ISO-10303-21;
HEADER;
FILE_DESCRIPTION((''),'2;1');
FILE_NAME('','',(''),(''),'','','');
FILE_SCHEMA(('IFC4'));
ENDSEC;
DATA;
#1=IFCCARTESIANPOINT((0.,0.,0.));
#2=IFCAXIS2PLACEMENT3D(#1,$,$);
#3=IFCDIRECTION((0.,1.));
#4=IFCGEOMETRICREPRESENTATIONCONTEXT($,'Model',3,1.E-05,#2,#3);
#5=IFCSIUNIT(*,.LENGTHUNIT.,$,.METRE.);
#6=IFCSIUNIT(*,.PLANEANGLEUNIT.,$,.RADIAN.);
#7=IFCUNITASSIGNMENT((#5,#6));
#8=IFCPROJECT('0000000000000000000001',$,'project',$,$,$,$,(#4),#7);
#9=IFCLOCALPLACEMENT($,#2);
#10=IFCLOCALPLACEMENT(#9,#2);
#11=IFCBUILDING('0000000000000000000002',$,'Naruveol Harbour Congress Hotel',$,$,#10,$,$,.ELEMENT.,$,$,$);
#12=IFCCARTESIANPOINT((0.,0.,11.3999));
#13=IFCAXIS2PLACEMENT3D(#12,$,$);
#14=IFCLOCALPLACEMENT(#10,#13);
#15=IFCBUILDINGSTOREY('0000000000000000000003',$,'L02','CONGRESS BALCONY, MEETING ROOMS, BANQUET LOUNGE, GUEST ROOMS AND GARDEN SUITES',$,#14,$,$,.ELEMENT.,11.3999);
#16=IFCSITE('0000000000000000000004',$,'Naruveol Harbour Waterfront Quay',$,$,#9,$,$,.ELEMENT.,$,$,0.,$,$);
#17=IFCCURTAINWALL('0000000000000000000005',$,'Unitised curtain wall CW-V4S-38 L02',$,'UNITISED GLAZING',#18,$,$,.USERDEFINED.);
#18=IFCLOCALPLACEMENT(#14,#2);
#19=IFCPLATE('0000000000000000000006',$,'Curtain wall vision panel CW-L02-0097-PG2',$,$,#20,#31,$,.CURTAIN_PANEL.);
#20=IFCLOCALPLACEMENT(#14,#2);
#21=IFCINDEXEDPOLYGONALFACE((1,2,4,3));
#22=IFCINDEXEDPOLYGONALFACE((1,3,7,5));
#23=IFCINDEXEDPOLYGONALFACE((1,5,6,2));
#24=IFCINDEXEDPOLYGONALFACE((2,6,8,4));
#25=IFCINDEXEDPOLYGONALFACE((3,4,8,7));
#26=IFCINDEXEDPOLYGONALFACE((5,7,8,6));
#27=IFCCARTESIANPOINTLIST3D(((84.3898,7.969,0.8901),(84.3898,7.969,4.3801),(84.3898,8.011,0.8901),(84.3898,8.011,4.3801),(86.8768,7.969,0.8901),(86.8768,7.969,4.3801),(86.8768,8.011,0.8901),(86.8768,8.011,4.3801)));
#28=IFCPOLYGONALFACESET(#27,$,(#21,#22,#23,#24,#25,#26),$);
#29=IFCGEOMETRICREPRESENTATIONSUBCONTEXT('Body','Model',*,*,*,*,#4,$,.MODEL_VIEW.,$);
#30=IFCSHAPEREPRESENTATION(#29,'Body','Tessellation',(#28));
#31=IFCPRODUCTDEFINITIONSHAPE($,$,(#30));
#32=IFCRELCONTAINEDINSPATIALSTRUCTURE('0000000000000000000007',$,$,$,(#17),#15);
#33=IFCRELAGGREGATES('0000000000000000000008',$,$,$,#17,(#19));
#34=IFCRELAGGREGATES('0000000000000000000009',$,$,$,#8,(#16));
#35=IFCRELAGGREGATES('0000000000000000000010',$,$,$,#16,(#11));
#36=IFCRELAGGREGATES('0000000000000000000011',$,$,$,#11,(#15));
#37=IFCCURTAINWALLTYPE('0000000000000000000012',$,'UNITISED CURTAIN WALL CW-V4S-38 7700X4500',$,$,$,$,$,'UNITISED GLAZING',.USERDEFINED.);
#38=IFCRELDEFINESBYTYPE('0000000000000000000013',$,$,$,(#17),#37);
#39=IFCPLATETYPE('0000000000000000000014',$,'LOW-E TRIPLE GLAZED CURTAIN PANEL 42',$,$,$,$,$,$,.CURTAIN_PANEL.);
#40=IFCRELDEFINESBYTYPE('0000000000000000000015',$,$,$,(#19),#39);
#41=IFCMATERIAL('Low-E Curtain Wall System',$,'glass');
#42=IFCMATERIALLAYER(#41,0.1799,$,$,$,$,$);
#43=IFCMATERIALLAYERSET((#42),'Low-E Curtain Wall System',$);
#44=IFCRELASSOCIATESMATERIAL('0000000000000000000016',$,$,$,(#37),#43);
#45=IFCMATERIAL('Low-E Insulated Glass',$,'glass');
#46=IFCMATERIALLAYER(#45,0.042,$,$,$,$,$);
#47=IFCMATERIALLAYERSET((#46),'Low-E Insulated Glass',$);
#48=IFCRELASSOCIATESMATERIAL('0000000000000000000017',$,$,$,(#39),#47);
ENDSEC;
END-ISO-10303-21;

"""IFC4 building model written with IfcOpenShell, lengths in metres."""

from ifc_helpers import new_model, si_unit, direction, frame, origin, origin_2d, place, context, subcontext, project, spatial, rectangle, extrude, material, layer, layer_set, type_object, element, aggregate, save


model = new_model("IFC4")

# Units and contexts
model_context = context("Model", 3, precision=1e-05, world=origin(), true_north=direction((0.0, 1.0)))
body_context = subcontext(model_context, "Body", "Model", "MODEL_VIEW")
ifc_project = project(units=[si_unit("LENGTHUNIT", "METRE"), si_unit("PLANEANGLEUNIT", "RADIAN")], contexts=[model_context])

# Site, building, storey
site_placement = place(None, origin())
site = spatial("IfcSite", under=ifc_project, at=site_placement, Name="Naruveol Harbour Waterfront Quay", CompositionType="ELEMENT", RefElevation=0.0)
building_placement = place(site_placement, origin())
building = spatial("IfcBuilding", under=site, at=building_placement, Name="Naruveol Harbour Congress Hotel", CompositionType="ELEMENT")
storey_placement = place(building_placement, frame((0.0, 0.0, 11.3999)))
storey = spatial("IfcBuildingStorey", under=building, at=storey_placement, Name="L02", Description="CONGRESS BALCONY, MEETING ROOMS, BANQUET LOUNGE, GUEST ROOMS AND GARDEN SUITES", CompositionType="ELEMENT", Elevation=11.3999)

# Curtain wall
ifc_material_1 = material(Name="Low-E Curtain Wall System", Category="glass")
ifc_layer_1 = layer(ifc_material_1, 0.1799)
ifc_layer_set_1 = layer_set([ifc_layer_1], Name="Low-E Curtain Wall System")
curtain_wall_type = type_object("IfcCurtainWallType", Name="UNITISED CURTAIN WALL CW-V4S-38 7700X4500", ElementType="UNITISED GLAZING", PredefinedType="USERDEFINED", material=ifc_layer_set_1)
curtain_wall_1_placement = place(storey_placement, origin())
curtain_wall_1 = element("IfcCurtainWall", 1, at=curtain_wall_1_placement, inside=storey, type_object=curtain_wall_type, Name="Unitised curtain wall CW-V4S-38 L02", ObjectType="UNITISED GLAZING", PredefinedType="USERDEFINED")

# Plate
ifc_material_2 = material(Name="Low-E Insulated Glass", Category="glass")
ifc_layer_2 = layer(ifc_material_2, 0.042)
ifc_layer_set_2 = layer_set([ifc_layer_2], Name="Low-E Insulated Glass")
plate_type_1 = type_object("IfcPlateType", Name="LOW-E TRIPLE GLAZED CURTAIN PANEL 42", PredefinedType="CURTAIN_PANEL", material=ifc_layer_set_2)
plate_1_placement = place(storey_placement, frame((85.6333, 7.99, 0.8901), z_axis=(0.0, 0.0, 1.0), x_axis=(-1.0, 0.0, 0.0)))
plate_1 = element("IfcPlate", 2, at=plate_1_placement, type_object=plate_type_1, Name="Curtain wall vision panel CW-L02-0097-PG2", PredefinedType="CURTAIN_PANEL", context=body_context, shape_type="SweptSolid", body=[
    extrude(rectangle(XDim=2.4871, YDim=0.042, at=origin_2d()), origin(), (0.0, 0.0, 1.0), 3.49),
])
aggregate(curtain_wall_1, [plate_1])

save(model, "model.ifc")
